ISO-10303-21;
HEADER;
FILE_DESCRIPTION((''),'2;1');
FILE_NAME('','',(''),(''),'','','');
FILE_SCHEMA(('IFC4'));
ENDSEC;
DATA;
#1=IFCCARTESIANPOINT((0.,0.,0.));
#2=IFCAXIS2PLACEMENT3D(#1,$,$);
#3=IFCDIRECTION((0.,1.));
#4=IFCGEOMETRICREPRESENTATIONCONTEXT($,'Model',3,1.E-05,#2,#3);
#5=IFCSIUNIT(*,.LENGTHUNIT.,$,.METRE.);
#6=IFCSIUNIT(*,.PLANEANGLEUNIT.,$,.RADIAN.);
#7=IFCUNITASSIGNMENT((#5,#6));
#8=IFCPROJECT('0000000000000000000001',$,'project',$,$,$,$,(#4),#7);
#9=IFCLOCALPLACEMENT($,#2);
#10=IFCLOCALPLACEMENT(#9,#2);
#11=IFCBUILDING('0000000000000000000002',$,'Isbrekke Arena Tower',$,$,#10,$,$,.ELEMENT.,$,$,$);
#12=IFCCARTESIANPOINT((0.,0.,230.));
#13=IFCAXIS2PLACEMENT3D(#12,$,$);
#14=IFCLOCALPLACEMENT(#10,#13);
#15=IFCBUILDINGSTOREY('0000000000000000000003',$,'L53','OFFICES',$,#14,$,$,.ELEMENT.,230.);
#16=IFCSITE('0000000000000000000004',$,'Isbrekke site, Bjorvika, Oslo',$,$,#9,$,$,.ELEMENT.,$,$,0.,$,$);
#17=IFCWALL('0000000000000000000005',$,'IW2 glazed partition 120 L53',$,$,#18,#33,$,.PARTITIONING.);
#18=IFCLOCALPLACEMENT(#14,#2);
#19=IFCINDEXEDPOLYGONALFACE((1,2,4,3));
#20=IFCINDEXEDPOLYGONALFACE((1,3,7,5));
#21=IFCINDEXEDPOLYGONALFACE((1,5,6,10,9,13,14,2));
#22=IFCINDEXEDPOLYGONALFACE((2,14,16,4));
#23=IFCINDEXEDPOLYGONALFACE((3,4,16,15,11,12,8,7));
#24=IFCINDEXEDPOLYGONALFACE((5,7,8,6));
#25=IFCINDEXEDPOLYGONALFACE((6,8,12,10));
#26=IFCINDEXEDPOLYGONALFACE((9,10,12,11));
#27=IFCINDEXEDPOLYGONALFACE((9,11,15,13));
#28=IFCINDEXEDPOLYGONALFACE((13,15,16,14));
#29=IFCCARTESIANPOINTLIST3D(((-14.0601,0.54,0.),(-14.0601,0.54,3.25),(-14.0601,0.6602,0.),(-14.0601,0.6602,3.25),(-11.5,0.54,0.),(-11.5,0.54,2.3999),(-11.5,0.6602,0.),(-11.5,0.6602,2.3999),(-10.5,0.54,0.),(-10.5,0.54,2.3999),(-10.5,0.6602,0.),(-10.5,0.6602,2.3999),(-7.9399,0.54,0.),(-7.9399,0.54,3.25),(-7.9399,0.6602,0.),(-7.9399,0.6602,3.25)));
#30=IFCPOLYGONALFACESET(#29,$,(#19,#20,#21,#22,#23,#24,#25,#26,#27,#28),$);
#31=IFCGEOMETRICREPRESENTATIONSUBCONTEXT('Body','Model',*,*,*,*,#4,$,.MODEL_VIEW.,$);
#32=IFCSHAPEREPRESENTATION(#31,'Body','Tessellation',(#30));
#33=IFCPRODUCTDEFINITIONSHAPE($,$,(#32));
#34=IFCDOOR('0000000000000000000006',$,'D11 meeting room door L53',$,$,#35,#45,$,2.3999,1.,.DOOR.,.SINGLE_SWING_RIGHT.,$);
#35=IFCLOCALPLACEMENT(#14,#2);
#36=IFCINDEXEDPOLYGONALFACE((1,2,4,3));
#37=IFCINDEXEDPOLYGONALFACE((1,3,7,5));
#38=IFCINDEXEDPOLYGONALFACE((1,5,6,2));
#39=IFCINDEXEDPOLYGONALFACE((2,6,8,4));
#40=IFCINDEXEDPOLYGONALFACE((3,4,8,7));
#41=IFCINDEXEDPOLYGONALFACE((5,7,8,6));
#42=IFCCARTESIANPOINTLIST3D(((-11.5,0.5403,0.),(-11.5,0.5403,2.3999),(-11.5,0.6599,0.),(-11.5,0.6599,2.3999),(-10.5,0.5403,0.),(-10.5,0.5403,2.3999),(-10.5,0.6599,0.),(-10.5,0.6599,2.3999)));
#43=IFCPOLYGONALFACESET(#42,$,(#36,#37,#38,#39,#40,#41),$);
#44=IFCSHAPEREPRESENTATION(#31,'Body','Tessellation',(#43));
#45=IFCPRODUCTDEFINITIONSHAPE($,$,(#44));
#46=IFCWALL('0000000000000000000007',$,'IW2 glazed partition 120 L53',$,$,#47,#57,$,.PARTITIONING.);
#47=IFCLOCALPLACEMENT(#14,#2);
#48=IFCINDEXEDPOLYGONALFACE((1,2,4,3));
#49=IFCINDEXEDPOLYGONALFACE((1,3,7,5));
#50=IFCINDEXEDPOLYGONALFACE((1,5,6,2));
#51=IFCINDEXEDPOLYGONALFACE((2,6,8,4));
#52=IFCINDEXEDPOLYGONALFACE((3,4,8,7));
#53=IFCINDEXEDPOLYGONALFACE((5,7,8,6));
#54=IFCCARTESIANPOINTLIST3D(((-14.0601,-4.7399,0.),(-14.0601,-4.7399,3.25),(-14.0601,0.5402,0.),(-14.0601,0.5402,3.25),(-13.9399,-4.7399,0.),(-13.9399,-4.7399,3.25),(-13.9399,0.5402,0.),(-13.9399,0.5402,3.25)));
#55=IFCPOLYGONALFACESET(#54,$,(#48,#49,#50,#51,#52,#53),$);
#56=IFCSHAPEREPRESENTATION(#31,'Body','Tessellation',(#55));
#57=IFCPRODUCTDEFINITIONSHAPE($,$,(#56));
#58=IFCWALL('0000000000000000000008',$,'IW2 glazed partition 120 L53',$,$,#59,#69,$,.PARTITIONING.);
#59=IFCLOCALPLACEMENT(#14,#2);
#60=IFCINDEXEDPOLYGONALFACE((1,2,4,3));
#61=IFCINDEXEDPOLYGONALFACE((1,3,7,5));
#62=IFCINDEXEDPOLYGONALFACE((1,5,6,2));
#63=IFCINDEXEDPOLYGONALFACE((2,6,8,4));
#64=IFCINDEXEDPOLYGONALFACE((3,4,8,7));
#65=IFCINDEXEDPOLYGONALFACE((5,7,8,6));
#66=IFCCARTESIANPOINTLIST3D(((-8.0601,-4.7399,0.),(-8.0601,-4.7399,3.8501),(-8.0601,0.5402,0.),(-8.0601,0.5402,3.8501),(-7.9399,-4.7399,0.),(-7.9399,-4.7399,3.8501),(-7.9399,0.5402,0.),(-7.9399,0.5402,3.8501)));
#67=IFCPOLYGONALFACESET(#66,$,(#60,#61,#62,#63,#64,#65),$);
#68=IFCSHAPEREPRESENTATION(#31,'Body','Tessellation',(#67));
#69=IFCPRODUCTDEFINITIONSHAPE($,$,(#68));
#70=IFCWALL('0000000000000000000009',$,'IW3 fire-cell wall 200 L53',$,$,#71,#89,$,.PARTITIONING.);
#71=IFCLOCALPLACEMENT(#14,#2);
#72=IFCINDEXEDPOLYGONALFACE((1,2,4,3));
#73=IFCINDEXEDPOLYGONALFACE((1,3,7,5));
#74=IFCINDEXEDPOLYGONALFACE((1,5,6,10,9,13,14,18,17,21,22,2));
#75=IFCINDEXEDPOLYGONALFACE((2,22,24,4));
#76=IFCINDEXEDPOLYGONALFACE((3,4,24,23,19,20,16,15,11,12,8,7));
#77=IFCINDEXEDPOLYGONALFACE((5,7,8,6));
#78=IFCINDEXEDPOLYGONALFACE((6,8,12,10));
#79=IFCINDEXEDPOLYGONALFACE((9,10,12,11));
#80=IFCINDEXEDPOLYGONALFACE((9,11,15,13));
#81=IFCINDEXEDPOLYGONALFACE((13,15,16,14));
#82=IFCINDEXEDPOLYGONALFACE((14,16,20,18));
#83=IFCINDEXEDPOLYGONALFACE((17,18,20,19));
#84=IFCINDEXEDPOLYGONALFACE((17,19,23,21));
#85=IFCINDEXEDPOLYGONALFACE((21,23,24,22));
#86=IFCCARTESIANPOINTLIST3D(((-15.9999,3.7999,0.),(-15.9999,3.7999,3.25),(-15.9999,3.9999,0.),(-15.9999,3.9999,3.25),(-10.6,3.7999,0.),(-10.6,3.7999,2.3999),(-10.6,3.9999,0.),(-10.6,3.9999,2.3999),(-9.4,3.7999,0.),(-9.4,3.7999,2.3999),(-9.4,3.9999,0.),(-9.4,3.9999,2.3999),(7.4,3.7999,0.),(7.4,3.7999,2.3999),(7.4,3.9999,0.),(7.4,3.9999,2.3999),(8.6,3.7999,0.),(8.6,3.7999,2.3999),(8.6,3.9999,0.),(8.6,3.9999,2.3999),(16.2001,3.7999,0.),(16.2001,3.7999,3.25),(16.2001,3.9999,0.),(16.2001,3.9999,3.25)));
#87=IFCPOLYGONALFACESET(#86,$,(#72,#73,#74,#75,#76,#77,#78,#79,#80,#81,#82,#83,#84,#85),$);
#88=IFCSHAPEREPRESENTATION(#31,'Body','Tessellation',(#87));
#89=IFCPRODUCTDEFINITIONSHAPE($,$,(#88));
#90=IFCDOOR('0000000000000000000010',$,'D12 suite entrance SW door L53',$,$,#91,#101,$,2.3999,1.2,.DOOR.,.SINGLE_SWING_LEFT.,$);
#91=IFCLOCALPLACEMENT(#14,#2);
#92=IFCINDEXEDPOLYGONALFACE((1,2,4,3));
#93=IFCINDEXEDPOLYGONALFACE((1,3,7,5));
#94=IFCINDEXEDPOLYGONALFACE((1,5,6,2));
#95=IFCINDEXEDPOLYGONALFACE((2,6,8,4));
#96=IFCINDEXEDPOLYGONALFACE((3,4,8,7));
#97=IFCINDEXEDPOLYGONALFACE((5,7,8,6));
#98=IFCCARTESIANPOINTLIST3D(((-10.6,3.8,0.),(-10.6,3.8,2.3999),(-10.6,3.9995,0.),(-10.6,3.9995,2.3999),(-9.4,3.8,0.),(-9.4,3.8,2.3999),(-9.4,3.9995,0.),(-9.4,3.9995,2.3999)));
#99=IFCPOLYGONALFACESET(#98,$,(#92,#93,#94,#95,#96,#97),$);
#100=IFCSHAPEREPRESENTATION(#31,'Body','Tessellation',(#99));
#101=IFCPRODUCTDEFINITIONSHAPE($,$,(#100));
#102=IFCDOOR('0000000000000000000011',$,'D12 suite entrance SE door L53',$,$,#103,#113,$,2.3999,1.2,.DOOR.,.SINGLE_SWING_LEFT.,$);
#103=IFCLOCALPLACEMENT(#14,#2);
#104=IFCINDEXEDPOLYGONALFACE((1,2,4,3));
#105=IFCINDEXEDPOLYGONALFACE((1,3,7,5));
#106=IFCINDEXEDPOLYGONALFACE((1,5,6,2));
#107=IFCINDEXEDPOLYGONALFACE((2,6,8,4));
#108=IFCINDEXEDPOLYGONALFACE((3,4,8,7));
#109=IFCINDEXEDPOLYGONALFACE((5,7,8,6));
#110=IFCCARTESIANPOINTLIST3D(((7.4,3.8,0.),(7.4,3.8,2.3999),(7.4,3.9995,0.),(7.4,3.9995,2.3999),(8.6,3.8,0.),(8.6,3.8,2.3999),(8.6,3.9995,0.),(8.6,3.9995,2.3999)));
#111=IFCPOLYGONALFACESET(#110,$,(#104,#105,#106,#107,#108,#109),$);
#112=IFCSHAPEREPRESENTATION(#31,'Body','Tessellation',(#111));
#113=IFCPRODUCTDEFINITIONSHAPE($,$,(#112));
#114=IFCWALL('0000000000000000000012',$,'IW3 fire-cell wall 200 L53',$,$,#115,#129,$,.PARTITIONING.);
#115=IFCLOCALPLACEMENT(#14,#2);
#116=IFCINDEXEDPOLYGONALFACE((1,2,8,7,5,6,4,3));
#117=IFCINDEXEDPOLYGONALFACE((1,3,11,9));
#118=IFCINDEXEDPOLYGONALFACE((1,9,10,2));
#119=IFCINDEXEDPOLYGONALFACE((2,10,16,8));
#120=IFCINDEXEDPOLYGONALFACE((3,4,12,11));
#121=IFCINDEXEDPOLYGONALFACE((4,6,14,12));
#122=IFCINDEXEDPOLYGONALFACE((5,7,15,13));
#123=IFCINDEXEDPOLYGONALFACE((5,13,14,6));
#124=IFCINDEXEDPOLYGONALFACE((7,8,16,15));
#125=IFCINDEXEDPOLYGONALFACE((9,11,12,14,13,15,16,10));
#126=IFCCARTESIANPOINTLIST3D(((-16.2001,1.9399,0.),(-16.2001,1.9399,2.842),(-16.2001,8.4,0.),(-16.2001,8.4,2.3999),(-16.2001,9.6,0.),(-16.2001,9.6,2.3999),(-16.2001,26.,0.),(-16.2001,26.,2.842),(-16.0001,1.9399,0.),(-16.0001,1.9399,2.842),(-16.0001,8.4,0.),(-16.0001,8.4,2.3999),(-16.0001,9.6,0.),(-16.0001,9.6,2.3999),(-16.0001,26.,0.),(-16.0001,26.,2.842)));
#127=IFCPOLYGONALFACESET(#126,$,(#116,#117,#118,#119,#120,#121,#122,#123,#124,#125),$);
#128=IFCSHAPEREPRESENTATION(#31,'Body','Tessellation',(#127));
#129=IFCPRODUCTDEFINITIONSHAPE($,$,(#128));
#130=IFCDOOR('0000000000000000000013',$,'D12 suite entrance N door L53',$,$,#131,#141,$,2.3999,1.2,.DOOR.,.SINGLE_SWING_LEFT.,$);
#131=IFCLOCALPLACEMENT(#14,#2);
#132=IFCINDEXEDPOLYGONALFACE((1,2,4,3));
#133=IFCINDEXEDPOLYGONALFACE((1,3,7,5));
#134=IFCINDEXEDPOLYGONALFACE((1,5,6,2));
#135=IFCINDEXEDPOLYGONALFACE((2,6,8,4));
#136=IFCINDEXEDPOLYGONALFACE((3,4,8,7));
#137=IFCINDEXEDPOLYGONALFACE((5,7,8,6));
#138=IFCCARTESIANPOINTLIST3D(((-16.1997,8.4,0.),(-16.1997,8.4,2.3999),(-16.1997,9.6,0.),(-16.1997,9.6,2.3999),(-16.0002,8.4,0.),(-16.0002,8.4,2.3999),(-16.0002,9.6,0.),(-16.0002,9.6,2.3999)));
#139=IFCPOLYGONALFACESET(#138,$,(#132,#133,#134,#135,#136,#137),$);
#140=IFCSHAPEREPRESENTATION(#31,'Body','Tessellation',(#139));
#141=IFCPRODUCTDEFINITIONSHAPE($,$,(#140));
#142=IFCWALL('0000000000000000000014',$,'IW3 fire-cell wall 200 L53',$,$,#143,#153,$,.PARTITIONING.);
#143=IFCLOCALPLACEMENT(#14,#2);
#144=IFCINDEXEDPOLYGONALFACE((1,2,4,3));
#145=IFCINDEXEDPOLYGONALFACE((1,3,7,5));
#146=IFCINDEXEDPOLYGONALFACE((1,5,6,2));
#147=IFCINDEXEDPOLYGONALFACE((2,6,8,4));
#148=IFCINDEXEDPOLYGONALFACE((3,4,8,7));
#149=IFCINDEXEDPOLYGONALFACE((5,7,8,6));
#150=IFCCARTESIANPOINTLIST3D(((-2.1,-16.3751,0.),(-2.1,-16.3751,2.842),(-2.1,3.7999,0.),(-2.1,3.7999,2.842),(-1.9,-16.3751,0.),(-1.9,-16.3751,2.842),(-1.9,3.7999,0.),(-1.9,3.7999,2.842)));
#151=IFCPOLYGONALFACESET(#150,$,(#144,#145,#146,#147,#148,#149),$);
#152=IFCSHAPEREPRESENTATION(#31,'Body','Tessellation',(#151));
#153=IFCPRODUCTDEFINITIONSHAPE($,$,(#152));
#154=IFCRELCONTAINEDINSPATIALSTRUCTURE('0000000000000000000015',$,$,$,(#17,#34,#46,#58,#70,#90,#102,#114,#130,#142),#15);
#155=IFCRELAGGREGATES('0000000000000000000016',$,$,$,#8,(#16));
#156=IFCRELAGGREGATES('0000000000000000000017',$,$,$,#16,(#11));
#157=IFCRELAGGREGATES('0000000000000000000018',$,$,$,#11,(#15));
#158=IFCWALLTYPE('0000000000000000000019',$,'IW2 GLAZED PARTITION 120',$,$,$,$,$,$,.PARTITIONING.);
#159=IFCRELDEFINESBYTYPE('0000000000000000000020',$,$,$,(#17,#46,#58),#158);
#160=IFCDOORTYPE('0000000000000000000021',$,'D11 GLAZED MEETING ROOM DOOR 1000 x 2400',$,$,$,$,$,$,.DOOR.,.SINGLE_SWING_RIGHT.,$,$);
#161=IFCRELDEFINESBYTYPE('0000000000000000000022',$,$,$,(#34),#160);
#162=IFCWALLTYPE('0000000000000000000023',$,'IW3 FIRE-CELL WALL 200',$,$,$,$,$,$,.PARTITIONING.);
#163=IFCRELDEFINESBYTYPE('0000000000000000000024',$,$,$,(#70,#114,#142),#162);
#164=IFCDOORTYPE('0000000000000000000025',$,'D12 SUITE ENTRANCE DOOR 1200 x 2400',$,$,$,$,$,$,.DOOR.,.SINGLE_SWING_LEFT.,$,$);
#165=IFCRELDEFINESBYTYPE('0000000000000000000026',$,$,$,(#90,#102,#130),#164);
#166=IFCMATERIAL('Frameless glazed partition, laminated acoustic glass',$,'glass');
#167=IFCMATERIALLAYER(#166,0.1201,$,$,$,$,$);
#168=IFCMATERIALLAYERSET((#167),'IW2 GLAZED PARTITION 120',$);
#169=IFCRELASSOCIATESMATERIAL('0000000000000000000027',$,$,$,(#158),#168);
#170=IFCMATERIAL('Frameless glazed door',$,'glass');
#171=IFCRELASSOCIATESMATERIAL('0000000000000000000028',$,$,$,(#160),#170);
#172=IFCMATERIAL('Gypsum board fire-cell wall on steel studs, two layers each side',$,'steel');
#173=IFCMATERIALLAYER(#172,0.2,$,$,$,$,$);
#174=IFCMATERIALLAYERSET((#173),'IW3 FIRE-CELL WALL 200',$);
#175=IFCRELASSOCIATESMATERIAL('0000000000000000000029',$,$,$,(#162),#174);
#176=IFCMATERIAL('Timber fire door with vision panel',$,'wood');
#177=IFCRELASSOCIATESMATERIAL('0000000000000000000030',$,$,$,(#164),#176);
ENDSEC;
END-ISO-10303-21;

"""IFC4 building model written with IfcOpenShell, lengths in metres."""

from ifc_helpers import new_model, si_unit, direction, frame, frame_2d, origin, place, context, subcontext, project, spatial, rectangle, extrude, material, layer, layer_set, type_object, element, fill, save


model = new_model("IFC4")

# Units and contexts
model_context = context("Model", 3, precision=1e-05, world=origin(), true_north=direction((0.0, 1.0)))
body_context = subcontext(model_context, "Body", "Model", "MODEL_VIEW")
ifc_project = project(units=[si_unit("LENGTHUNIT", "METRE"), si_unit("PLANEANGLEUNIT", "RADIAN")], contexts=[model_context])

# Site, building, storey
site_placement = place(None, origin())
site = spatial("IfcSite", under=ifc_project, at=site_placement, Name="Isbrekke site, Bjorvika, Oslo", CompositionType="ELEMENT", RefElevation=0.0)
building_placement = place(site_placement, origin())
building = spatial("IfcBuilding", under=site, at=building_placement, Name="Isbrekke Arena Tower", CompositionType="ELEMENT")
storey_placement = place(building_placement, frame((0.0, 0.0, 230.0)))
storey = spatial("IfcBuildingStorey", under=building, at=storey_placement, Name="L53", Description="OFFICES", CompositionType="ELEMENT", Elevation=230.0)

# Shared definitions
ifc_material_1 = material(Name="Frameless glazed partition, laminated acoustic glass", Category="glass")
ifc_layer_1 = layer(ifc_material_1, 0.1201)
ifc_layer_set_1 = layer_set([ifc_layer_1], Name="IW2 GLAZED PARTITION 120")
wall_type_1 = type_object("IfcWallType", Name="IW2 GLAZED PARTITION 120", PredefinedType="PARTITIONING", material=ifc_layer_set_1)

# Wall, opening, door
wall_1_placement = place(storey_placement, frame((-14.0601, 0.6001, 0.0), z_axis=(0.0, 0.0, 1.0), x_axis=(1.0, 0.0, 0.0)))
wall_1 = element("IfcWall", 1, at=wall_1_placement, inside=storey, type_object=wall_type_1, Name="IW2 glazed partition 120 L53", PredefinedType="PARTITIONING", context=body_context, shape_type="SweptSolid", body=[
    extrude(rectangle(XDim=6.1201, YDim=0.1201, at=frame_2d((3.0601, 0.0))), origin(), (0.0, 0.0, 1.0), 3.25),
])
opening_1_placement = place(wall_1_placement, frame((2.5601, 0.0, 0.0)))
opening_1 = element("IfcOpeningElement", 2, at=opening_1_placement, cuts=wall_1, PredefinedType="OPENING", context=body_context, shape_type="SweptSolid", body=[
    extrude(rectangle(XDim=1.0, YDim=2.3999, at=frame_2d((0.5, 1.2))), frame((0.0, 0.075, 0.0), z_axis=(0.0, -1.0, 0.0), x_axis=(1.0, 0.0, 0.0)), (0.0, 0.0, 1.0), 0.1499),
])
ifc_material_2 = material(Name="Frameless glazed door", Category="glass")
door_type_1 = type_object("IfcDoorType", Name="D11 GLAZED MEETING ROOM DOOR 1000 x 2400", OperationType="SINGLE_SWING_RIGHT", PredefinedType="DOOR", material=ifc_material_2)
door_1_placement = place(opening_1_placement, origin())
door_1 = element("IfcDoor", 3, at=door_1_placement, inside=storey, type_object=door_type_1, Name="D11 meeting room door L53", OperationType="SINGLE_SWING_RIGHT", OverallHeight=2.3999, OverallWidth=1.0, PredefinedType="DOOR", context=body_context, shape_type="SweptSolid", body=[
    extrude(rectangle(XDim=1.0, YDim=2.3999, at=frame_2d((0.5, 1.2))), frame((0.0, 0.0598, 0.0), z_axis=(0.0, -1.0, 0.0), x_axis=(1.0, 0.0, 0.0)), (0.0, 0.0, 1.0), 0.1196),
])
fill(opening_1, door_1)

# Walls
wall_2_placement = place(storey_placement, frame((-14.0, -4.74, 0.0), z_axis=(0.0, 0.0, 1.0), x_axis=(0.0, 1.0, 0.0)))
element("IfcWall", 4, at=wall_2_placement, inside=storey, type_object=wall_type_1, Name="IW2 glazed partition 120 L53", PredefinedType="PARTITIONING", context=body_context, shape_type="SweptSolid", body=[
    extrude(rectangle(XDim=5.28, YDim=0.1201, at=frame_2d((2.6401, 0.0))), origin(), (0.0, 0.0, 1.0), 3.25),
])
wall_3_placement = place(storey_placement, frame((-8.0, -4.74, 0.0), z_axis=(0.0, 0.0, 1.0), x_axis=(0.0, 1.0, 0.0)))
element("IfcWall", 5, at=wall_3_placement, inside=storey, type_object=wall_type_1, Name="IW2 glazed partition 120 L53", PredefinedType="PARTITIONING", context=body_context, shape_type="SweptSolid", body=[
    extrude(rectangle(XDim=5.28, YDim=0.1201, at=frame_2d((2.6401, 0.0))), origin(), (0.0, 0.0, 1.0), 3.8501),
])

# Wall, openings, doors
ifc_material_3 = material(Name="Gypsum board fire-cell wall on steel studs, two layers each side", Category="steel")
ifc_layer_2 = layer(ifc_material_3, 0.2)
ifc_layer_set_2 = layer_set([ifc_layer_2], Name="IW3 FIRE-CELL WALL 200")
wall_type_2 = type_object("IfcWallType", Name="IW3 FIRE-CELL WALL 200", PredefinedType="PARTITIONING", material=ifc_layer_set_2)
wall_4_placement = place(storey_placement, frame((-16.0, 3.8999, 0.0), z_axis=(0.0, 0.0, 1.0), x_axis=(1.0, 0.0, 0.0)))
wall_4 = element("IfcWall", 6, at=wall_4_placement, inside=storey, type_object=wall_type_2, Name="IW3 fire-cell wall 200 L53", PredefinedType="PARTITIONING", context=body_context, shape_type="SweptSolid", body=[
    extrude(rectangle(XDim=32.2, YDim=0.2, at=frame_2d((16.1001, 0.0))), origin(), (0.0, 0.0, 1.0), 3.25),
])
opening_2_placement = place(wall_4_placement, frame((5.3999, 0.0, 0.0)))
opening_2 = element("IfcOpeningElement", 7, at=opening_2_placement, cuts=wall_4, PredefinedType="OPENING", context=body_context, shape_type="SweptSolid", body=[
    extrude(rectangle(XDim=1.2, YDim=2.3999, at=frame_2d((0.6001, 1.2))), frame((0.0, 0.1147, 0.0), z_axis=(0.0, -1.0, 0.0), x_axis=(1.0, 0.0, 0.0)), (0.0, 0.0, 1.0), 0.2297),
])
opening_3_placement = place(wall_4_placement, frame((23.3999, 0.0, 0.0)))
opening_3 = element("IfcOpeningElement", 8, at=opening_3_placement, cuts=wall_4, PredefinedType="OPENING", context=body_context, shape_type="SweptSolid", body=[
    extrude(rectangle(XDim=1.2, YDim=2.3999, at=frame_2d((0.6001, 1.2))), frame((0.0, 0.1147, 0.0), z_axis=(0.0, -1.0, 0.0), x_axis=(1.0, 0.0, 0.0)), (0.0, 0.0, 1.0), 0.2297),
])
ifc_material_4 = material(Name="Timber fire door with vision panel", Category="wood")
door_type_2 = type_object("IfcDoorType", Name="D12 SUITE ENTRANCE DOOR 1200 x 2400", OperationType="SINGLE_SWING_LEFT", PredefinedType="DOOR", material=ifc_material_4)
door_2_placement = place(opening_2_placement, origin())
door_2 = element("IfcDoor", 9, at=door_2_placement, inside=storey, type_object=door_type_2, Name="D12 suite entrance SW door L53", OperationType="SINGLE_SWING_LEFT", OverallHeight=2.3999, OverallWidth=1.2, PredefinedType="DOOR", context=body_context, shape_type="SweptSolid", body=[
    extrude(rectangle(XDim=1.2, YDim=2.3999, at=frame_2d((0.6001, 1.2))), frame((0.0, 0.0996, 0.0), z_axis=(0.0, -1.0, 0.0), x_axis=(1.0, 0.0, 0.0)), (0.0, 0.0, 1.0), 0.1995),
])
fill(opening_2, door_2)
door_3_placement = place(opening_3_placement, origin())
door_3 = element("IfcDoor", 10, at=door_3_placement, inside=storey, type_object=door_type_2, Name="D12 suite entrance SE door L53", OperationType="SINGLE_SWING_LEFT", OverallHeight=2.3999, OverallWidth=1.2, PredefinedType="DOOR", context=body_context, shape_type="SweptSolid", body=[
    extrude(rectangle(XDim=1.2, YDim=2.3999, at=frame_2d((0.6001, 1.2))), frame((0.0, 0.0996, 0.0), z_axis=(0.0, -1.0, 0.0), x_axis=(1.0, 0.0, 0.0)), (0.0, 0.0, 1.0), 0.1995),
])
fill(opening_3, door_3)

# Wall, opening, door
wall_5_placement = place(storey_placement, frame((-16.1001, 1.9399, 0.0), z_axis=(0.0, 0.0, 1.0), x_axis=(0.0, 1.0, 0.0)))
wall_5 = element("IfcWall", 11, at=wall_5_placement, inside=storey, type_object=wall_type_2, Name="IW3 fire-cell wall 200 L53", PredefinedType="PARTITIONING", context=body_context, shape_type="SweptSolid", body=[
    extrude(rectangle(XDim=24.0601, YDim=0.2, at=frame_2d((12.03, 0.0))), origin(), (0.0, 0.0, 1.0), 2.842),
])
opening_4_placement = place(wall_5_placement, frame((6.46, 0.0, 0.0)))
opening_4 = element("IfcOpeningElement", 12, at=opening_4_placement, cuts=wall_5, PredefinedType="OPENING", context=body_context, shape_type="SweptSolid", body=[
    extrude(rectangle(XDim=1.2, YDim=2.3999, at=frame_2d((0.6001, 1.2))), frame((0.0, 0.1147, 0.0), z_axis=(0.0, -1.0, 0.0), x_axis=(1.0, 0.0, 0.0)), (0.0, 0.0, 1.0), 0.2297),
])
door_4_placement = place(opening_4_placement, origin())
door_4 = element("IfcDoor", 13, at=door_4_placement, inside=storey, type_object=door_type_2, Name="D12 suite entrance N door L53", OperationType="SINGLE_SWING_LEFT", OverallHeight=2.3999, OverallWidth=1.2, PredefinedType="DOOR", context=body_context, shape_type="SweptSolid", body=[
    extrude(rectangle(XDim=1.2, YDim=2.3999, at=frame_2d((0.6001, 1.2))), frame((0.0, 0.0996, 0.0), z_axis=(0.0, -1.0, 0.0), x_axis=(1.0, 0.0, 0.0)), (0.0, 0.0, 1.0), 0.1995),
])
fill(opening_4, door_4)

# Wall
wall_6_placement = place(storey_placement, frame((-2.0, -16.375, 0.0), z_axis=(0.0, 0.0, 1.0), x_axis=(0.0, 1.0, 0.0)))
element("IfcWall", 14, at=wall_6_placement, inside=storey, type_object=wall_type_2, Name="IW3 fire-cell wall 200 L53", PredefinedType="PARTITIONING", context=body_context, shape_type="SweptSolid", body=[
    extrude(rectangle(XDim=20.175, YDim=0.2, at=frame_2d((10.0874, 0.0))), origin(), (0.0, 0.0, 1.0), 2.842),
])

save(model, "model.ifc")
